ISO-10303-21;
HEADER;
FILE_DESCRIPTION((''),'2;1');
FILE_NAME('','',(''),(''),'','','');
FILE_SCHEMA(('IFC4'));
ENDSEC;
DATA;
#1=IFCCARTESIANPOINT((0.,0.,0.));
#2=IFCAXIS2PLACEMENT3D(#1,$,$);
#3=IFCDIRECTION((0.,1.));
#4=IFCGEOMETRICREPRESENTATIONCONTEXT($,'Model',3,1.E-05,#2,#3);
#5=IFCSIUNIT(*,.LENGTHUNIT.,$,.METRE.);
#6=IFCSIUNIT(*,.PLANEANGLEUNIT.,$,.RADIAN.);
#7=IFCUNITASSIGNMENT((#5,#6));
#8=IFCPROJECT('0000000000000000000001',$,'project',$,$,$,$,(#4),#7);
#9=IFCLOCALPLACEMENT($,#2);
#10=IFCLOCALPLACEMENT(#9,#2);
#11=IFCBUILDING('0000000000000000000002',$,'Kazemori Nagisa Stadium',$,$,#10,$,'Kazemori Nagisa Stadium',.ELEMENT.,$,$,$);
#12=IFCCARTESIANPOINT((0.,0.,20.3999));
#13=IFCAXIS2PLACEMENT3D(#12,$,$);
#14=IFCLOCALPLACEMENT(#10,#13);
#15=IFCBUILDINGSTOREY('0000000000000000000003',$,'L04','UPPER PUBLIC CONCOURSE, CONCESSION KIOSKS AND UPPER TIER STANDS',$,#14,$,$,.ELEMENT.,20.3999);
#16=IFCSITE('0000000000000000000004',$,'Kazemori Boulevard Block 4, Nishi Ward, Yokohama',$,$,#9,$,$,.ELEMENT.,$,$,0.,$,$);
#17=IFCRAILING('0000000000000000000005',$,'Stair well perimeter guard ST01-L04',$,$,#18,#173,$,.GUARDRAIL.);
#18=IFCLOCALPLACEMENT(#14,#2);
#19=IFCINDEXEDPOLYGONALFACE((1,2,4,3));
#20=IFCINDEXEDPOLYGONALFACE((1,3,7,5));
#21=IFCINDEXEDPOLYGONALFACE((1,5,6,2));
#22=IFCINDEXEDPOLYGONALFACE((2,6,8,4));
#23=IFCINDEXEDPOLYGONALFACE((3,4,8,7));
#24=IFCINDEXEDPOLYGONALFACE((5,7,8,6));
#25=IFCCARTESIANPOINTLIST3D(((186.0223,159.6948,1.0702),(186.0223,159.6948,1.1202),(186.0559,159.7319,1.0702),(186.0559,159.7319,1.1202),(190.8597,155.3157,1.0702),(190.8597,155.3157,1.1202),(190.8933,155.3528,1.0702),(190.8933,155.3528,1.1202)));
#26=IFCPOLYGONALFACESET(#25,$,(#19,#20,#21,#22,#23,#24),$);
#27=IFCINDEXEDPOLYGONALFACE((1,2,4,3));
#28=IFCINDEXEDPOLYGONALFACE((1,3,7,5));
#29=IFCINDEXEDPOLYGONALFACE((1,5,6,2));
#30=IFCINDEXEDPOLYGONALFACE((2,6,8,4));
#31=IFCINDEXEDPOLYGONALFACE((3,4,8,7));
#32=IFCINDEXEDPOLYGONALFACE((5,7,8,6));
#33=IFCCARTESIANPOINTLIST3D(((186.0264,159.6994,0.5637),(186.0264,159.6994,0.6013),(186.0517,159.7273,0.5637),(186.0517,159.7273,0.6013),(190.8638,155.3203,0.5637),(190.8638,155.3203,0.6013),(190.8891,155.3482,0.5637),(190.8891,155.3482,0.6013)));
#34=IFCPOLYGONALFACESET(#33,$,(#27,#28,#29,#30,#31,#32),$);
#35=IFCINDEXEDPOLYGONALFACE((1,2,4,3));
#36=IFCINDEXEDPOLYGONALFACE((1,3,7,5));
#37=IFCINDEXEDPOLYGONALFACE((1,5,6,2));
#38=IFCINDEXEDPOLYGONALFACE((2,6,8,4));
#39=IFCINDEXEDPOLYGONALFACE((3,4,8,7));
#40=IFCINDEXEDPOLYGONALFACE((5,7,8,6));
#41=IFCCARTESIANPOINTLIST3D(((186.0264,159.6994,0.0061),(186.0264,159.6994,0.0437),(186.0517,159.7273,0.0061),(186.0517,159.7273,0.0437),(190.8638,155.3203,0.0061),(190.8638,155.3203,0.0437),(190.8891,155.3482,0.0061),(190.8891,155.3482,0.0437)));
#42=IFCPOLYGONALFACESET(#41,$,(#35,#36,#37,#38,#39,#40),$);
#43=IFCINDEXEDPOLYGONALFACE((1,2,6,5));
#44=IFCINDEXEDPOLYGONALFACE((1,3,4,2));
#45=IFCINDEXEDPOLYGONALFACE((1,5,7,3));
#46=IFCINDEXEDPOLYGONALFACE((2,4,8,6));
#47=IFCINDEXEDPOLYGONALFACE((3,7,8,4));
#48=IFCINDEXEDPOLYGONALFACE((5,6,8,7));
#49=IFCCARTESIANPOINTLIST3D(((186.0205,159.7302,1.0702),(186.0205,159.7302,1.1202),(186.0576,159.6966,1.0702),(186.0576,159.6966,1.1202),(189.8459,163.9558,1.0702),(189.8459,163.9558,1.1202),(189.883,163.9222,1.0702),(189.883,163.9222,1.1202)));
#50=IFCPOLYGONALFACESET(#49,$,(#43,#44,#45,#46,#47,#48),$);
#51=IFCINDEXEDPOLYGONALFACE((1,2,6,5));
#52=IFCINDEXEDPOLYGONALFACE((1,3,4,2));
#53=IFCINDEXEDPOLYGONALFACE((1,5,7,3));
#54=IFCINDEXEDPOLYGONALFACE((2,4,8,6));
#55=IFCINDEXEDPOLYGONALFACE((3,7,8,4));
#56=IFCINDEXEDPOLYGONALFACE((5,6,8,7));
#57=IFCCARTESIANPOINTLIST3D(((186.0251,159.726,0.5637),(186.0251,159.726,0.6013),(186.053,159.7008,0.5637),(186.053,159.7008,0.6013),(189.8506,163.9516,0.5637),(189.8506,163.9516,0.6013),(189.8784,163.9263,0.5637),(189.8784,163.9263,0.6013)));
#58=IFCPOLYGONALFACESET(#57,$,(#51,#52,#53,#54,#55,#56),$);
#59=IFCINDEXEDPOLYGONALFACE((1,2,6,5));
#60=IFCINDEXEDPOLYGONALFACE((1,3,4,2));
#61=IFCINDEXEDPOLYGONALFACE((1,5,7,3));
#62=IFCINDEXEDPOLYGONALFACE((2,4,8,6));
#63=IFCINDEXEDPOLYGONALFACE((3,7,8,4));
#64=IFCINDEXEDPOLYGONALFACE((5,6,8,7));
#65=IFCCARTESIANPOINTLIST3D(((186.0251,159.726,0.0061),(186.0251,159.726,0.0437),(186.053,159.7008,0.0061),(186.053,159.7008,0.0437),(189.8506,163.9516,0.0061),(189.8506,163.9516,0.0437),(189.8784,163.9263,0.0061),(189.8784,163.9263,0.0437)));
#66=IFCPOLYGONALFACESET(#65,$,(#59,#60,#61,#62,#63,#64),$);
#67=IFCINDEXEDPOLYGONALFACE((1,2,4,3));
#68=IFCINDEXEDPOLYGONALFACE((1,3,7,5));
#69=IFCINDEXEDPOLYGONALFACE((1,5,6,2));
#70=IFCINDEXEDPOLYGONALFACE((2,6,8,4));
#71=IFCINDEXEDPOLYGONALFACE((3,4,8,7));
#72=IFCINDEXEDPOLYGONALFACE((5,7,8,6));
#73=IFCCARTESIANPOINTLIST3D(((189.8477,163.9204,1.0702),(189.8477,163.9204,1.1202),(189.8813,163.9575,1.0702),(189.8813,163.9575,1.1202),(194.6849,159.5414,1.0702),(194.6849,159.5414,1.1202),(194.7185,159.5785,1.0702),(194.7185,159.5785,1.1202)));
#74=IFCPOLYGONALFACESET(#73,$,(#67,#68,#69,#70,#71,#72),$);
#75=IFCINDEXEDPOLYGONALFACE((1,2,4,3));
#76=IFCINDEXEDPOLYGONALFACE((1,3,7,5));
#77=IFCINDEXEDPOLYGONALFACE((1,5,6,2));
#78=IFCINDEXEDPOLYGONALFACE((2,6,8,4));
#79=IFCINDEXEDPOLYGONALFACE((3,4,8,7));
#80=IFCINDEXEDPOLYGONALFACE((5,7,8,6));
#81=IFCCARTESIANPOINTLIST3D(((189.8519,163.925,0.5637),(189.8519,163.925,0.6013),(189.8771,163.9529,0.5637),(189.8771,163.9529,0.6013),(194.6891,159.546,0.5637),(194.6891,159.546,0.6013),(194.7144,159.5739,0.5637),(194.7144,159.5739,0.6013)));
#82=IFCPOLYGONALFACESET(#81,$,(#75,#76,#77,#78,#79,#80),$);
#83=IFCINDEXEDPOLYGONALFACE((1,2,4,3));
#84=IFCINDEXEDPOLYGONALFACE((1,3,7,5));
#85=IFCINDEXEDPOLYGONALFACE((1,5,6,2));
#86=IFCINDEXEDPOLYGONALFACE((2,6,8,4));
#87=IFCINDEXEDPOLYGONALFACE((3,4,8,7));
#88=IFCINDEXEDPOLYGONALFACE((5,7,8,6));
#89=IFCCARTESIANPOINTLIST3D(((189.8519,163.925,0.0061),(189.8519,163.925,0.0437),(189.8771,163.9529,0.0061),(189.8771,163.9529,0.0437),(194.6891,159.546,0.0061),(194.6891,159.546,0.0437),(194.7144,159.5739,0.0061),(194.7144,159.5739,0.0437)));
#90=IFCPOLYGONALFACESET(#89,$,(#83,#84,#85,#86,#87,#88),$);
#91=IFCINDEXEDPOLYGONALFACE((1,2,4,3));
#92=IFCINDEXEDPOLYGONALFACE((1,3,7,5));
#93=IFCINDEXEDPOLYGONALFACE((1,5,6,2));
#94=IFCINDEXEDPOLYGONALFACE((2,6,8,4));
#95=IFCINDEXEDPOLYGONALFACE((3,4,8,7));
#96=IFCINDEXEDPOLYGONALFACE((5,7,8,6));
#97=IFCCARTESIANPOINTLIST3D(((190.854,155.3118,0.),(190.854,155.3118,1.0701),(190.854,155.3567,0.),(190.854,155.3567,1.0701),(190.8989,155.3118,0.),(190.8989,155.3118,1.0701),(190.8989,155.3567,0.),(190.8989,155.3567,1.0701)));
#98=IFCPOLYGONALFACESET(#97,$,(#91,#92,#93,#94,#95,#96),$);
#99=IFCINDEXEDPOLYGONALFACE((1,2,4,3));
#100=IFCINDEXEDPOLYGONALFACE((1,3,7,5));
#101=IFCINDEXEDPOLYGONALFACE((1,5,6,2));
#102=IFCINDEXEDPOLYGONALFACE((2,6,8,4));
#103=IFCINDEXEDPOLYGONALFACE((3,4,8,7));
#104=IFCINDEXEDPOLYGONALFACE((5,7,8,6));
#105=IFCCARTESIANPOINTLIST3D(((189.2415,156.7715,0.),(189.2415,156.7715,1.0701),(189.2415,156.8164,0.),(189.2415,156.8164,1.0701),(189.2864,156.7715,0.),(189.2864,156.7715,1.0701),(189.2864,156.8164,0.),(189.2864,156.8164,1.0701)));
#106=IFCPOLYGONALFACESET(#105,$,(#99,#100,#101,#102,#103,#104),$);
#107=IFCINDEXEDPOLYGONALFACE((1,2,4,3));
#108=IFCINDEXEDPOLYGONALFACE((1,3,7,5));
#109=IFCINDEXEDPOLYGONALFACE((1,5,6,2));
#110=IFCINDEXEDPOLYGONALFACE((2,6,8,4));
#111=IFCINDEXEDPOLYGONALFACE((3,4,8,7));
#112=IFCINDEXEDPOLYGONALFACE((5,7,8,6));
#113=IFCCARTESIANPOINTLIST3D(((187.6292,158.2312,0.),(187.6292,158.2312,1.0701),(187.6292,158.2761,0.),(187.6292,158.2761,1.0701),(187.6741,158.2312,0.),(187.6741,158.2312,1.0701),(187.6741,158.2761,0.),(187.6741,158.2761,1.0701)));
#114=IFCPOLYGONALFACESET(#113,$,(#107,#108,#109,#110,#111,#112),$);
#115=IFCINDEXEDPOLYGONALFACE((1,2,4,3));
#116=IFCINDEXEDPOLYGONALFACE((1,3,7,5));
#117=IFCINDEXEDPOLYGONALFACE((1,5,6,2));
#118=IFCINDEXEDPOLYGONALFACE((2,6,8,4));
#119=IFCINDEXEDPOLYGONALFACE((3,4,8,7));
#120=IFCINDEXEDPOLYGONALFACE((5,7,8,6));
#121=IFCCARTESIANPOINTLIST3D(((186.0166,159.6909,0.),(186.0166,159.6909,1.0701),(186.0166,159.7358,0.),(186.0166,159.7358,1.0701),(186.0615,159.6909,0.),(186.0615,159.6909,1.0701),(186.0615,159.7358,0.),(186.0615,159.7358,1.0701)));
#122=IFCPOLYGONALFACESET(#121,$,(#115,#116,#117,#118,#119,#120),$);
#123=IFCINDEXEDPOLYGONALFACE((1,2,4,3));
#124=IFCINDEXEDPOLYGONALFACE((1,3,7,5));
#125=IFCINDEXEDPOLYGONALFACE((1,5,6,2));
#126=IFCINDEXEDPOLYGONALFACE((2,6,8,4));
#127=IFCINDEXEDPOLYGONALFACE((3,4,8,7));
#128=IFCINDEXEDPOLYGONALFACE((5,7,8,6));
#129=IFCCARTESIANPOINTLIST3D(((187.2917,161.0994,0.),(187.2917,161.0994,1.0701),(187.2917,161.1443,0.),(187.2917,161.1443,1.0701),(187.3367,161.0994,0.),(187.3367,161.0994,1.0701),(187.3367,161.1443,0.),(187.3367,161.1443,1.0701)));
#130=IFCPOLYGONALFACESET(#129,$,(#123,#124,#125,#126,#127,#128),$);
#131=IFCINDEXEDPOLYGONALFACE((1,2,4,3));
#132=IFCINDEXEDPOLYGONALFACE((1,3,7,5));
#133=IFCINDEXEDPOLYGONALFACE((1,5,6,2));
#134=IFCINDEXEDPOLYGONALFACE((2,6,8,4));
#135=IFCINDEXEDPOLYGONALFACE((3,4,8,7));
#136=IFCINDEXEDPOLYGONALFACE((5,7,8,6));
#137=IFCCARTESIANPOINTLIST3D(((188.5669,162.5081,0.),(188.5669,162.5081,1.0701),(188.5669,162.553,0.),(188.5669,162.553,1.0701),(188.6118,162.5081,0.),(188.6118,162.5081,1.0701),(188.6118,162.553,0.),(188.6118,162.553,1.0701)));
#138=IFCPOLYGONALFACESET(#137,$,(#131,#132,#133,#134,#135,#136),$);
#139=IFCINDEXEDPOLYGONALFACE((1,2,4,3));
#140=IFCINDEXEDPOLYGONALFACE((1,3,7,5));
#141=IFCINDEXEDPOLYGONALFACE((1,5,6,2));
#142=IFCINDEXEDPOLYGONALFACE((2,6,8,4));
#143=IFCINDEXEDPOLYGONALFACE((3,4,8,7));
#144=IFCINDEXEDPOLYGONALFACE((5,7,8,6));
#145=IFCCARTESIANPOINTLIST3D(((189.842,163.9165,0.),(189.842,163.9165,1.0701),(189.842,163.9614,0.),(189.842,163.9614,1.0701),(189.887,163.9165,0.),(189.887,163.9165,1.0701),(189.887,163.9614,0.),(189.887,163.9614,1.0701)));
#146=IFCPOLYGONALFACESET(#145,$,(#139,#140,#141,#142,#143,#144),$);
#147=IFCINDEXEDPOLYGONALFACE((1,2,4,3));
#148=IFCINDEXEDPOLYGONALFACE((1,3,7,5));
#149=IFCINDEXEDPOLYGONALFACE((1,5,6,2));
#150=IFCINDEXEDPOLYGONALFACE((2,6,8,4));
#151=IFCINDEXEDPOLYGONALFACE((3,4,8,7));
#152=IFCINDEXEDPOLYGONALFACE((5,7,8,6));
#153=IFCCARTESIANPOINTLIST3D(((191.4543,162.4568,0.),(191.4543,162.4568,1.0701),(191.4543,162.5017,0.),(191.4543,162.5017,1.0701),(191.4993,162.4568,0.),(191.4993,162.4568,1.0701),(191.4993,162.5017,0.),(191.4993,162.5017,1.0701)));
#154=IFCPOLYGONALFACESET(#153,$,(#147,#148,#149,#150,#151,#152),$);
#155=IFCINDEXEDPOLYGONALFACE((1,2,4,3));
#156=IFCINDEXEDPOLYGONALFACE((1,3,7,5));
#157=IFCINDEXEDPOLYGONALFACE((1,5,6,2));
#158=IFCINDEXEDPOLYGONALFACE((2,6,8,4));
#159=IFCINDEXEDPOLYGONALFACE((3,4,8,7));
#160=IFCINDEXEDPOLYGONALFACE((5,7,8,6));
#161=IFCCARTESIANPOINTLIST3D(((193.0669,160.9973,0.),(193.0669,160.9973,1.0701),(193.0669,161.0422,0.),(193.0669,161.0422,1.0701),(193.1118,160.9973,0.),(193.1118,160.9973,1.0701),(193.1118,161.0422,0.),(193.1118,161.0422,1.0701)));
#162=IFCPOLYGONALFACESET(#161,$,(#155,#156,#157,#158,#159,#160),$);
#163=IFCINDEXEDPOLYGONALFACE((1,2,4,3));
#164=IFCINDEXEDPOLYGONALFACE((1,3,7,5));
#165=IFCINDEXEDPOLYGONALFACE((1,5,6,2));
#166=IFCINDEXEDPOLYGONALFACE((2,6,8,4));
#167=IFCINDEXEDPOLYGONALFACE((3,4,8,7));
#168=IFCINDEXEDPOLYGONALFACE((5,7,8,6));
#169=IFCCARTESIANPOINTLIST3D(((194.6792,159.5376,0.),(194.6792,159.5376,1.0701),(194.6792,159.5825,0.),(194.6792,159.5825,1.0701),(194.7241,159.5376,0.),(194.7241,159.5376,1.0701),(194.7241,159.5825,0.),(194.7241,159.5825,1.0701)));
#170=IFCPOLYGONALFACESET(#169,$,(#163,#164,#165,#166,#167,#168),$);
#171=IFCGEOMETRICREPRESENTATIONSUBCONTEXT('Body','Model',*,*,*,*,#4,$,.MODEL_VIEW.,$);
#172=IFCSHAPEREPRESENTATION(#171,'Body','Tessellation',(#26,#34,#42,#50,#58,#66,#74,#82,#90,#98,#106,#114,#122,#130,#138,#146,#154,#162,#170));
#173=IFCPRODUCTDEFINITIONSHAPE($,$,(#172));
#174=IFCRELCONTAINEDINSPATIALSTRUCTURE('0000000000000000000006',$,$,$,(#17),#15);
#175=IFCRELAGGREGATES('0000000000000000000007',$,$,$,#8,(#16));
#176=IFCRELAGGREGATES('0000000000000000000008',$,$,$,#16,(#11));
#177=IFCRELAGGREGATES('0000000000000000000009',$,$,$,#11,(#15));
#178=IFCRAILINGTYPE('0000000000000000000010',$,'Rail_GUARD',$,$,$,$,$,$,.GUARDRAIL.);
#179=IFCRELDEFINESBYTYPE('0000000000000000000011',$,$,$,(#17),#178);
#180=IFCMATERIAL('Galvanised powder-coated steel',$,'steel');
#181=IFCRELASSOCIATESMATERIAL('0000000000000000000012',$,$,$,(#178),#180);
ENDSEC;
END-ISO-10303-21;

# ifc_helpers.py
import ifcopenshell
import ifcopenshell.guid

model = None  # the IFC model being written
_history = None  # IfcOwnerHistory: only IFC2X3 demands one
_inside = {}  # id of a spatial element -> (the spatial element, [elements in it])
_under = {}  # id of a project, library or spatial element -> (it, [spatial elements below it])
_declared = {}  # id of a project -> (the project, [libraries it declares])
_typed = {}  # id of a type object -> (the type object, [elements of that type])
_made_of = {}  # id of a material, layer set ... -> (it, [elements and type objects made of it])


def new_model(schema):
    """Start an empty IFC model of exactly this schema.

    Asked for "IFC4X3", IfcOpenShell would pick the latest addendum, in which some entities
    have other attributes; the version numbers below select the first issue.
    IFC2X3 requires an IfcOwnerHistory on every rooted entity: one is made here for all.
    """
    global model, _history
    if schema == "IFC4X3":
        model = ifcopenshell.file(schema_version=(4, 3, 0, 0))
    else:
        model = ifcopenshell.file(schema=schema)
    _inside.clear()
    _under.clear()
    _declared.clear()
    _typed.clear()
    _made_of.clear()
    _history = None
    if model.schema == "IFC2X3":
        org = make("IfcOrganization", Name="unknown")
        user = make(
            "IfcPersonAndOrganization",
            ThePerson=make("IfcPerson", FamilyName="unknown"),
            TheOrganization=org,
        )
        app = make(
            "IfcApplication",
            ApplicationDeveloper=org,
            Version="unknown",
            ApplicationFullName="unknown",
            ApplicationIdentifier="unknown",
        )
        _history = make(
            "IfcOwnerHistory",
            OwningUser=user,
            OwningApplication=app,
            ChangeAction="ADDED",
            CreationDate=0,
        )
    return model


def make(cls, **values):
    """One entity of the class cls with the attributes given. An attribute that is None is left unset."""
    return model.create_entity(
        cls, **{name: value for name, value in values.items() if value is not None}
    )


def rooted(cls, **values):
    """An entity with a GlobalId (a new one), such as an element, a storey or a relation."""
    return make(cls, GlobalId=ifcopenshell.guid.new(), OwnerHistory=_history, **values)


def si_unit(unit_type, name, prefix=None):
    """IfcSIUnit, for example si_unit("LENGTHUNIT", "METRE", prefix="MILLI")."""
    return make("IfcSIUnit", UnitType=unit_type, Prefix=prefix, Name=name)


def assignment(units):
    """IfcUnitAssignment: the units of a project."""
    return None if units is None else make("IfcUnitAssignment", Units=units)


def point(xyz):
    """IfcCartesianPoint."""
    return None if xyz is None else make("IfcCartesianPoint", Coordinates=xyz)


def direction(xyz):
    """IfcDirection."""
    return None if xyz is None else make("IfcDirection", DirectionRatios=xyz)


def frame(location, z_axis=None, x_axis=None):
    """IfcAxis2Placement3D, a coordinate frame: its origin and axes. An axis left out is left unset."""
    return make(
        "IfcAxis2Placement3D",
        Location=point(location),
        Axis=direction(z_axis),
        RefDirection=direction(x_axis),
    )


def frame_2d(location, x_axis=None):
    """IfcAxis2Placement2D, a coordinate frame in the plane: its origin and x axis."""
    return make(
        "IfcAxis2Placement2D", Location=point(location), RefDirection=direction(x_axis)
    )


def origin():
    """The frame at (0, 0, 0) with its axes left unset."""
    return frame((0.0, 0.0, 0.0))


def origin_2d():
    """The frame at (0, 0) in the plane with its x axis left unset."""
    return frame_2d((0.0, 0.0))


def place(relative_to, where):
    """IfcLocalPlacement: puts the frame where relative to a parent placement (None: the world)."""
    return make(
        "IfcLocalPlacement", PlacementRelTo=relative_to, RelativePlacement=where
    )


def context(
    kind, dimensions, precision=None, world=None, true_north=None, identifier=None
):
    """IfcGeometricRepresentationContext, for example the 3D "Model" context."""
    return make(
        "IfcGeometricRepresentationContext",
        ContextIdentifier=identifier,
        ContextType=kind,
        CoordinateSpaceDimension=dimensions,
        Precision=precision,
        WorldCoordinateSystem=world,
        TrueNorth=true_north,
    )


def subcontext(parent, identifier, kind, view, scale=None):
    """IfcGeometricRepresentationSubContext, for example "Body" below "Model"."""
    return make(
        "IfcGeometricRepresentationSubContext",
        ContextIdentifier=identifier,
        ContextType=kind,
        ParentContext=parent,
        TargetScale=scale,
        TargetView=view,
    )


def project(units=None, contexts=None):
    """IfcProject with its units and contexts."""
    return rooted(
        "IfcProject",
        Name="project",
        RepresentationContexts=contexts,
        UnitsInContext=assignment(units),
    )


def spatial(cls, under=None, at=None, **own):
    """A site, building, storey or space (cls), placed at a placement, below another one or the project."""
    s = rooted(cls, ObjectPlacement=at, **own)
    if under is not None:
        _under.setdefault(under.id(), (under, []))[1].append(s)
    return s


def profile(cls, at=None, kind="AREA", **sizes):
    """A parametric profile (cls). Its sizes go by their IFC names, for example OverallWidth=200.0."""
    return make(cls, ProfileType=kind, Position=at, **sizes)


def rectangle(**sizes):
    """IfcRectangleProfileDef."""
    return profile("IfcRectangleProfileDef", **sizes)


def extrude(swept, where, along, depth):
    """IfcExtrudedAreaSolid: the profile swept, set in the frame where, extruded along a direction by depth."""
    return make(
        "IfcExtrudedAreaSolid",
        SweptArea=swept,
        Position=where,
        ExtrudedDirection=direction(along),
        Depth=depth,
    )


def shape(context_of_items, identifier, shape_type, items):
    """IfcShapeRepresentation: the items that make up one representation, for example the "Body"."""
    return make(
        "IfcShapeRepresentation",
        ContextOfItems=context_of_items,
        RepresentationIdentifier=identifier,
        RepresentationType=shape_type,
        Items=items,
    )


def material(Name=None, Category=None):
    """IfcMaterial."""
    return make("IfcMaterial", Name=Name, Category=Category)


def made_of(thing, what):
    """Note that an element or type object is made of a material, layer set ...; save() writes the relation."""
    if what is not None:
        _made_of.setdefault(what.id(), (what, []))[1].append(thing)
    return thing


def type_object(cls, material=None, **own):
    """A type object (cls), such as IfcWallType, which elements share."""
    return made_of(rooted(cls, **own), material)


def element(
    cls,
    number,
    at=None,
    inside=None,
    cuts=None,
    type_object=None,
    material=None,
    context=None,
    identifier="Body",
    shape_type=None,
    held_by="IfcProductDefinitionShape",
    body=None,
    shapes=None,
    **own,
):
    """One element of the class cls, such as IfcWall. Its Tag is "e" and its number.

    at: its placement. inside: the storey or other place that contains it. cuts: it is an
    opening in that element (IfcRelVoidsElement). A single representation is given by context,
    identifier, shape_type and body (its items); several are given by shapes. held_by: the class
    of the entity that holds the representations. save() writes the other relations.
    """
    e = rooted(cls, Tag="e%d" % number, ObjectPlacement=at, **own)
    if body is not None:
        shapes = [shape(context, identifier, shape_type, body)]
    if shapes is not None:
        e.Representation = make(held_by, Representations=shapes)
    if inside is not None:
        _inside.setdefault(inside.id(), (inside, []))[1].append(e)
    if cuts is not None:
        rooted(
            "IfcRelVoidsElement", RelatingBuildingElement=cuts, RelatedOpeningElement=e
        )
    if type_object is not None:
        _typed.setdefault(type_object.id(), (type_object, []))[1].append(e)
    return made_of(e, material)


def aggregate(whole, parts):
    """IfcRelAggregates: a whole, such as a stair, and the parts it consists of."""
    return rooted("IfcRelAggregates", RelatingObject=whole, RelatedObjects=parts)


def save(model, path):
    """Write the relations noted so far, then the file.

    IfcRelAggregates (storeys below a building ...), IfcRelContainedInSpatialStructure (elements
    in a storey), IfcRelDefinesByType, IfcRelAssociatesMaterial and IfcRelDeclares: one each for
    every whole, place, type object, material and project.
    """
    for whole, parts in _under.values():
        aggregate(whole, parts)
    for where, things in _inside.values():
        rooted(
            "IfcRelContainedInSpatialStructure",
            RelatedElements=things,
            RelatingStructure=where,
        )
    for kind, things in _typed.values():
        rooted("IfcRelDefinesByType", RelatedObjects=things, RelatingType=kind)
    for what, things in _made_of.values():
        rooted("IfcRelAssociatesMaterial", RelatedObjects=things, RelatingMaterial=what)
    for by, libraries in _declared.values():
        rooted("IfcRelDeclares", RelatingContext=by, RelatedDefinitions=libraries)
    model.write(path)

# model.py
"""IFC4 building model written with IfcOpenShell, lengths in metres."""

from ifc_helpers import new_model, si_unit, direction, frame, origin, origin_2d, place, context, subcontext, project, spatial, rectangle, extrude, material, type_object, element, save


model = new_model("IFC4")

# Units and contexts
model_context = context("Model", 3, precision=1e-05, world=origin(), true_north=direction((0.0, 1.0)))
body_context = subcontext(model_context, "Body", "Model", "MODEL_VIEW")
ifc_project = project(units=[si_unit("LENGTHUNIT", "METRE"), si_unit("PLANEANGLEUNIT", "RADIAN")], contexts=[model_context])

# Site, building, storey
site_placement = place(None, origin())
site = spatial("IfcSite", under=ifc_project, at=site_placement, Name="Kazemori Boulevard Block 4, Nishi Ward, Yokohama", CompositionType="ELEMENT", RefElevation=0.0)
building_placement = place(site_placement, origin())
building = spatial("IfcBuilding", under=site, at=building_placement, Name="Kazemori Nagisa Stadium", LongName="Kazemori Nagisa Stadium", CompositionType="ELEMENT")
storey_placement = place(building_placement, frame((0.0, 0.0, 20.3999)))
storey = spatial("IfcBuildingStorey", under=building, at=storey_placement, Name="L04", Description="UPPER PUBLIC CONCOURSE, CONCESSION KIOSKS AND UPPER TIER STANDS", CompositionType="ELEMENT", Elevation=20.3999)

# Railing
ifc_material_1 = material(Name="Galvanised powder-coated steel", Category="steel")
railing_type_1 = type_object("IfcRailingType", Name="Rail_GUARD", PredefinedType="GUARDRAIL", material=ifc_material_1)
railing_1_placement = place(storey_placement, frame((190.8765, 155.3342, 0.0)))
element("IfcRailing", 1, at=railing_1_placement, inside=storey, type_object=railing_type_1, Name="Stair well perimeter guard ST01-L04", PredefinedType="GUARDRAIL", context=body_context, shape_type="SweptSolid", body=[
    extrude(rectangle(XDim=0.05, YDim=0.05, at=origin_2d()), frame((0.0, 0.0, 1.0952), z_axis=(-0.741349, 0.67112, 0.0), x_axis=(-0.67112, -0.741349, 0.0)), (0.0, 0.0, 1.0), 6.5251),
    extrude(rectangle(XDim=0.0376, YDim=0.0376, at=origin_2d()), frame((0.0, 0.0, 0.5825), z_axis=(-0.741349, 0.67112, 0.0), x_axis=(-0.67112, -0.741349, 0.0)), (0.0, 0.0, 1.0), 6.5251),
    extrude(rectangle(XDim=0.0376, YDim=0.0376, at=origin_2d()), frame((0.0, 0.0, 0.0249), z_axis=(-0.741349, 0.67112, 0.0), x_axis=(-0.67112, -0.741349, 0.0)), (0.0, 0.0, 1.0), 6.5251),
    extrude(rectangle(XDim=0.05, YDim=0.05, at=origin_2d()), frame((-4.8374, 4.3792, 1.0952), z_axis=(0.671134, 0.741336, 0.0), x_axis=(-0.741336, 0.671134, 0.0)), (0.0, 0.0, 1.0), 5.7),
    extrude(rectangle(XDim=0.0376, YDim=0.0376, at=origin_2d()), frame((-4.8374, 4.3792, 0.5825), z_axis=(0.671134, 0.741336, 0.0), x_axis=(-0.741336, 0.671134, 0.0)), (0.0, 0.0, 1.0), 5.7),
    extrude(rectangle(XDim=0.0376, YDim=0.0376, at=origin_2d()), frame((-4.8374, 4.3792, 0.0249), z_axis=(0.671134, 0.741336, 0.0), x_axis=(-0.741336, 0.671134, 0.0)), (0.0, 0.0, 1.0), 5.7),
    extrude(rectangle(XDim=0.05, YDim=0.05, at=origin_2d()), frame((-1.012, 8.6047, 1.0952), z_axis=(0.74135, -0.671118, 0.0), x_axis=(0.671118, 0.74135, 0.0)), (0.0, 0.0, 1.0), 6.5249),
    extrude(rectangle(XDim=0.0376, YDim=0.0376, at=origin_2d()), frame((-1.012, 8.6047, 0.5825), z_axis=(0.74135, -0.671118, 0.0), x_axis=(0.671118, 0.74135, 0.0)), (0.0, 0.0, 1.0), 6.5249),
    extrude(rectangle(XDim=0.0376, YDim=0.0376, at=origin_2d()), frame((-1.012, 8.6047, 0.0249), z_axis=(0.74135, -0.671118, 0.0), x_axis=(0.671118, 0.74135, 0.0)), (0.0, 0.0, 1.0), 6.5249),
    extrude(rectangle(XDim=0.0449, YDim=0.0449, at=origin_2d()), origin(), (0.0, 0.0, 1.0), 1.0701),
    extrude(rectangle(XDim=0.0449, YDim=0.0449, at=origin_2d()), frame((-1.6125, 1.4597, 0.0)), (0.0, 0.0, 1.0), 1.0701),
    extrude(rectangle(XDim=0.0449, YDim=0.0449, at=origin_2d()), frame((-3.2249, 2.9194, 0.0)), (0.0, 0.0, 1.0), 1.0701),
    extrude(rectangle(XDim=0.0449, YDim=0.0449, at=origin_2d()), frame((-4.8374, 4.3792, 0.0)), (0.0, 0.0, 1.0), 1.0701),
    extrude(rectangle(XDim=0.0449, YDim=0.0449, at=origin_2d()), frame((-3.5623, 5.7876, 0.0)), (0.0, 0.0, 1.0), 1.0701),
    extrude(rectangle(XDim=0.0449, YDim=0.0449, at=origin_2d()), frame((-2.2871, 7.1963, 0.0)), (0.0, 0.0, 1.0), 1.0701),
    extrude(rectangle(XDim=0.0449, YDim=0.0449, at=origin_2d()), frame((-1.012, 8.6047, 0.0)), (0.0, 0.0, 1.0), 1.0701),
    extrude(rectangle(XDim=0.0449, YDim=0.0449, at=origin_2d()), frame((0.6003, 7.145, 0.0)), (0.0, 0.0, 1.0), 1.0701),
    extrude(rectangle(XDim=0.0449, YDim=0.0449, at=origin_2d()), frame((2.2129, 5.6855, 0.0)), (0.0, 0.0, 1.0), 1.0701),
    extrude(rectangle(XDim=0.0449, YDim=0.0449, at=origin_2d()), frame((3.8252, 4.2258, 0.0)), (0.0, 0.0, 1.0), 1.0701),
])

save(model, "model.ifc")
